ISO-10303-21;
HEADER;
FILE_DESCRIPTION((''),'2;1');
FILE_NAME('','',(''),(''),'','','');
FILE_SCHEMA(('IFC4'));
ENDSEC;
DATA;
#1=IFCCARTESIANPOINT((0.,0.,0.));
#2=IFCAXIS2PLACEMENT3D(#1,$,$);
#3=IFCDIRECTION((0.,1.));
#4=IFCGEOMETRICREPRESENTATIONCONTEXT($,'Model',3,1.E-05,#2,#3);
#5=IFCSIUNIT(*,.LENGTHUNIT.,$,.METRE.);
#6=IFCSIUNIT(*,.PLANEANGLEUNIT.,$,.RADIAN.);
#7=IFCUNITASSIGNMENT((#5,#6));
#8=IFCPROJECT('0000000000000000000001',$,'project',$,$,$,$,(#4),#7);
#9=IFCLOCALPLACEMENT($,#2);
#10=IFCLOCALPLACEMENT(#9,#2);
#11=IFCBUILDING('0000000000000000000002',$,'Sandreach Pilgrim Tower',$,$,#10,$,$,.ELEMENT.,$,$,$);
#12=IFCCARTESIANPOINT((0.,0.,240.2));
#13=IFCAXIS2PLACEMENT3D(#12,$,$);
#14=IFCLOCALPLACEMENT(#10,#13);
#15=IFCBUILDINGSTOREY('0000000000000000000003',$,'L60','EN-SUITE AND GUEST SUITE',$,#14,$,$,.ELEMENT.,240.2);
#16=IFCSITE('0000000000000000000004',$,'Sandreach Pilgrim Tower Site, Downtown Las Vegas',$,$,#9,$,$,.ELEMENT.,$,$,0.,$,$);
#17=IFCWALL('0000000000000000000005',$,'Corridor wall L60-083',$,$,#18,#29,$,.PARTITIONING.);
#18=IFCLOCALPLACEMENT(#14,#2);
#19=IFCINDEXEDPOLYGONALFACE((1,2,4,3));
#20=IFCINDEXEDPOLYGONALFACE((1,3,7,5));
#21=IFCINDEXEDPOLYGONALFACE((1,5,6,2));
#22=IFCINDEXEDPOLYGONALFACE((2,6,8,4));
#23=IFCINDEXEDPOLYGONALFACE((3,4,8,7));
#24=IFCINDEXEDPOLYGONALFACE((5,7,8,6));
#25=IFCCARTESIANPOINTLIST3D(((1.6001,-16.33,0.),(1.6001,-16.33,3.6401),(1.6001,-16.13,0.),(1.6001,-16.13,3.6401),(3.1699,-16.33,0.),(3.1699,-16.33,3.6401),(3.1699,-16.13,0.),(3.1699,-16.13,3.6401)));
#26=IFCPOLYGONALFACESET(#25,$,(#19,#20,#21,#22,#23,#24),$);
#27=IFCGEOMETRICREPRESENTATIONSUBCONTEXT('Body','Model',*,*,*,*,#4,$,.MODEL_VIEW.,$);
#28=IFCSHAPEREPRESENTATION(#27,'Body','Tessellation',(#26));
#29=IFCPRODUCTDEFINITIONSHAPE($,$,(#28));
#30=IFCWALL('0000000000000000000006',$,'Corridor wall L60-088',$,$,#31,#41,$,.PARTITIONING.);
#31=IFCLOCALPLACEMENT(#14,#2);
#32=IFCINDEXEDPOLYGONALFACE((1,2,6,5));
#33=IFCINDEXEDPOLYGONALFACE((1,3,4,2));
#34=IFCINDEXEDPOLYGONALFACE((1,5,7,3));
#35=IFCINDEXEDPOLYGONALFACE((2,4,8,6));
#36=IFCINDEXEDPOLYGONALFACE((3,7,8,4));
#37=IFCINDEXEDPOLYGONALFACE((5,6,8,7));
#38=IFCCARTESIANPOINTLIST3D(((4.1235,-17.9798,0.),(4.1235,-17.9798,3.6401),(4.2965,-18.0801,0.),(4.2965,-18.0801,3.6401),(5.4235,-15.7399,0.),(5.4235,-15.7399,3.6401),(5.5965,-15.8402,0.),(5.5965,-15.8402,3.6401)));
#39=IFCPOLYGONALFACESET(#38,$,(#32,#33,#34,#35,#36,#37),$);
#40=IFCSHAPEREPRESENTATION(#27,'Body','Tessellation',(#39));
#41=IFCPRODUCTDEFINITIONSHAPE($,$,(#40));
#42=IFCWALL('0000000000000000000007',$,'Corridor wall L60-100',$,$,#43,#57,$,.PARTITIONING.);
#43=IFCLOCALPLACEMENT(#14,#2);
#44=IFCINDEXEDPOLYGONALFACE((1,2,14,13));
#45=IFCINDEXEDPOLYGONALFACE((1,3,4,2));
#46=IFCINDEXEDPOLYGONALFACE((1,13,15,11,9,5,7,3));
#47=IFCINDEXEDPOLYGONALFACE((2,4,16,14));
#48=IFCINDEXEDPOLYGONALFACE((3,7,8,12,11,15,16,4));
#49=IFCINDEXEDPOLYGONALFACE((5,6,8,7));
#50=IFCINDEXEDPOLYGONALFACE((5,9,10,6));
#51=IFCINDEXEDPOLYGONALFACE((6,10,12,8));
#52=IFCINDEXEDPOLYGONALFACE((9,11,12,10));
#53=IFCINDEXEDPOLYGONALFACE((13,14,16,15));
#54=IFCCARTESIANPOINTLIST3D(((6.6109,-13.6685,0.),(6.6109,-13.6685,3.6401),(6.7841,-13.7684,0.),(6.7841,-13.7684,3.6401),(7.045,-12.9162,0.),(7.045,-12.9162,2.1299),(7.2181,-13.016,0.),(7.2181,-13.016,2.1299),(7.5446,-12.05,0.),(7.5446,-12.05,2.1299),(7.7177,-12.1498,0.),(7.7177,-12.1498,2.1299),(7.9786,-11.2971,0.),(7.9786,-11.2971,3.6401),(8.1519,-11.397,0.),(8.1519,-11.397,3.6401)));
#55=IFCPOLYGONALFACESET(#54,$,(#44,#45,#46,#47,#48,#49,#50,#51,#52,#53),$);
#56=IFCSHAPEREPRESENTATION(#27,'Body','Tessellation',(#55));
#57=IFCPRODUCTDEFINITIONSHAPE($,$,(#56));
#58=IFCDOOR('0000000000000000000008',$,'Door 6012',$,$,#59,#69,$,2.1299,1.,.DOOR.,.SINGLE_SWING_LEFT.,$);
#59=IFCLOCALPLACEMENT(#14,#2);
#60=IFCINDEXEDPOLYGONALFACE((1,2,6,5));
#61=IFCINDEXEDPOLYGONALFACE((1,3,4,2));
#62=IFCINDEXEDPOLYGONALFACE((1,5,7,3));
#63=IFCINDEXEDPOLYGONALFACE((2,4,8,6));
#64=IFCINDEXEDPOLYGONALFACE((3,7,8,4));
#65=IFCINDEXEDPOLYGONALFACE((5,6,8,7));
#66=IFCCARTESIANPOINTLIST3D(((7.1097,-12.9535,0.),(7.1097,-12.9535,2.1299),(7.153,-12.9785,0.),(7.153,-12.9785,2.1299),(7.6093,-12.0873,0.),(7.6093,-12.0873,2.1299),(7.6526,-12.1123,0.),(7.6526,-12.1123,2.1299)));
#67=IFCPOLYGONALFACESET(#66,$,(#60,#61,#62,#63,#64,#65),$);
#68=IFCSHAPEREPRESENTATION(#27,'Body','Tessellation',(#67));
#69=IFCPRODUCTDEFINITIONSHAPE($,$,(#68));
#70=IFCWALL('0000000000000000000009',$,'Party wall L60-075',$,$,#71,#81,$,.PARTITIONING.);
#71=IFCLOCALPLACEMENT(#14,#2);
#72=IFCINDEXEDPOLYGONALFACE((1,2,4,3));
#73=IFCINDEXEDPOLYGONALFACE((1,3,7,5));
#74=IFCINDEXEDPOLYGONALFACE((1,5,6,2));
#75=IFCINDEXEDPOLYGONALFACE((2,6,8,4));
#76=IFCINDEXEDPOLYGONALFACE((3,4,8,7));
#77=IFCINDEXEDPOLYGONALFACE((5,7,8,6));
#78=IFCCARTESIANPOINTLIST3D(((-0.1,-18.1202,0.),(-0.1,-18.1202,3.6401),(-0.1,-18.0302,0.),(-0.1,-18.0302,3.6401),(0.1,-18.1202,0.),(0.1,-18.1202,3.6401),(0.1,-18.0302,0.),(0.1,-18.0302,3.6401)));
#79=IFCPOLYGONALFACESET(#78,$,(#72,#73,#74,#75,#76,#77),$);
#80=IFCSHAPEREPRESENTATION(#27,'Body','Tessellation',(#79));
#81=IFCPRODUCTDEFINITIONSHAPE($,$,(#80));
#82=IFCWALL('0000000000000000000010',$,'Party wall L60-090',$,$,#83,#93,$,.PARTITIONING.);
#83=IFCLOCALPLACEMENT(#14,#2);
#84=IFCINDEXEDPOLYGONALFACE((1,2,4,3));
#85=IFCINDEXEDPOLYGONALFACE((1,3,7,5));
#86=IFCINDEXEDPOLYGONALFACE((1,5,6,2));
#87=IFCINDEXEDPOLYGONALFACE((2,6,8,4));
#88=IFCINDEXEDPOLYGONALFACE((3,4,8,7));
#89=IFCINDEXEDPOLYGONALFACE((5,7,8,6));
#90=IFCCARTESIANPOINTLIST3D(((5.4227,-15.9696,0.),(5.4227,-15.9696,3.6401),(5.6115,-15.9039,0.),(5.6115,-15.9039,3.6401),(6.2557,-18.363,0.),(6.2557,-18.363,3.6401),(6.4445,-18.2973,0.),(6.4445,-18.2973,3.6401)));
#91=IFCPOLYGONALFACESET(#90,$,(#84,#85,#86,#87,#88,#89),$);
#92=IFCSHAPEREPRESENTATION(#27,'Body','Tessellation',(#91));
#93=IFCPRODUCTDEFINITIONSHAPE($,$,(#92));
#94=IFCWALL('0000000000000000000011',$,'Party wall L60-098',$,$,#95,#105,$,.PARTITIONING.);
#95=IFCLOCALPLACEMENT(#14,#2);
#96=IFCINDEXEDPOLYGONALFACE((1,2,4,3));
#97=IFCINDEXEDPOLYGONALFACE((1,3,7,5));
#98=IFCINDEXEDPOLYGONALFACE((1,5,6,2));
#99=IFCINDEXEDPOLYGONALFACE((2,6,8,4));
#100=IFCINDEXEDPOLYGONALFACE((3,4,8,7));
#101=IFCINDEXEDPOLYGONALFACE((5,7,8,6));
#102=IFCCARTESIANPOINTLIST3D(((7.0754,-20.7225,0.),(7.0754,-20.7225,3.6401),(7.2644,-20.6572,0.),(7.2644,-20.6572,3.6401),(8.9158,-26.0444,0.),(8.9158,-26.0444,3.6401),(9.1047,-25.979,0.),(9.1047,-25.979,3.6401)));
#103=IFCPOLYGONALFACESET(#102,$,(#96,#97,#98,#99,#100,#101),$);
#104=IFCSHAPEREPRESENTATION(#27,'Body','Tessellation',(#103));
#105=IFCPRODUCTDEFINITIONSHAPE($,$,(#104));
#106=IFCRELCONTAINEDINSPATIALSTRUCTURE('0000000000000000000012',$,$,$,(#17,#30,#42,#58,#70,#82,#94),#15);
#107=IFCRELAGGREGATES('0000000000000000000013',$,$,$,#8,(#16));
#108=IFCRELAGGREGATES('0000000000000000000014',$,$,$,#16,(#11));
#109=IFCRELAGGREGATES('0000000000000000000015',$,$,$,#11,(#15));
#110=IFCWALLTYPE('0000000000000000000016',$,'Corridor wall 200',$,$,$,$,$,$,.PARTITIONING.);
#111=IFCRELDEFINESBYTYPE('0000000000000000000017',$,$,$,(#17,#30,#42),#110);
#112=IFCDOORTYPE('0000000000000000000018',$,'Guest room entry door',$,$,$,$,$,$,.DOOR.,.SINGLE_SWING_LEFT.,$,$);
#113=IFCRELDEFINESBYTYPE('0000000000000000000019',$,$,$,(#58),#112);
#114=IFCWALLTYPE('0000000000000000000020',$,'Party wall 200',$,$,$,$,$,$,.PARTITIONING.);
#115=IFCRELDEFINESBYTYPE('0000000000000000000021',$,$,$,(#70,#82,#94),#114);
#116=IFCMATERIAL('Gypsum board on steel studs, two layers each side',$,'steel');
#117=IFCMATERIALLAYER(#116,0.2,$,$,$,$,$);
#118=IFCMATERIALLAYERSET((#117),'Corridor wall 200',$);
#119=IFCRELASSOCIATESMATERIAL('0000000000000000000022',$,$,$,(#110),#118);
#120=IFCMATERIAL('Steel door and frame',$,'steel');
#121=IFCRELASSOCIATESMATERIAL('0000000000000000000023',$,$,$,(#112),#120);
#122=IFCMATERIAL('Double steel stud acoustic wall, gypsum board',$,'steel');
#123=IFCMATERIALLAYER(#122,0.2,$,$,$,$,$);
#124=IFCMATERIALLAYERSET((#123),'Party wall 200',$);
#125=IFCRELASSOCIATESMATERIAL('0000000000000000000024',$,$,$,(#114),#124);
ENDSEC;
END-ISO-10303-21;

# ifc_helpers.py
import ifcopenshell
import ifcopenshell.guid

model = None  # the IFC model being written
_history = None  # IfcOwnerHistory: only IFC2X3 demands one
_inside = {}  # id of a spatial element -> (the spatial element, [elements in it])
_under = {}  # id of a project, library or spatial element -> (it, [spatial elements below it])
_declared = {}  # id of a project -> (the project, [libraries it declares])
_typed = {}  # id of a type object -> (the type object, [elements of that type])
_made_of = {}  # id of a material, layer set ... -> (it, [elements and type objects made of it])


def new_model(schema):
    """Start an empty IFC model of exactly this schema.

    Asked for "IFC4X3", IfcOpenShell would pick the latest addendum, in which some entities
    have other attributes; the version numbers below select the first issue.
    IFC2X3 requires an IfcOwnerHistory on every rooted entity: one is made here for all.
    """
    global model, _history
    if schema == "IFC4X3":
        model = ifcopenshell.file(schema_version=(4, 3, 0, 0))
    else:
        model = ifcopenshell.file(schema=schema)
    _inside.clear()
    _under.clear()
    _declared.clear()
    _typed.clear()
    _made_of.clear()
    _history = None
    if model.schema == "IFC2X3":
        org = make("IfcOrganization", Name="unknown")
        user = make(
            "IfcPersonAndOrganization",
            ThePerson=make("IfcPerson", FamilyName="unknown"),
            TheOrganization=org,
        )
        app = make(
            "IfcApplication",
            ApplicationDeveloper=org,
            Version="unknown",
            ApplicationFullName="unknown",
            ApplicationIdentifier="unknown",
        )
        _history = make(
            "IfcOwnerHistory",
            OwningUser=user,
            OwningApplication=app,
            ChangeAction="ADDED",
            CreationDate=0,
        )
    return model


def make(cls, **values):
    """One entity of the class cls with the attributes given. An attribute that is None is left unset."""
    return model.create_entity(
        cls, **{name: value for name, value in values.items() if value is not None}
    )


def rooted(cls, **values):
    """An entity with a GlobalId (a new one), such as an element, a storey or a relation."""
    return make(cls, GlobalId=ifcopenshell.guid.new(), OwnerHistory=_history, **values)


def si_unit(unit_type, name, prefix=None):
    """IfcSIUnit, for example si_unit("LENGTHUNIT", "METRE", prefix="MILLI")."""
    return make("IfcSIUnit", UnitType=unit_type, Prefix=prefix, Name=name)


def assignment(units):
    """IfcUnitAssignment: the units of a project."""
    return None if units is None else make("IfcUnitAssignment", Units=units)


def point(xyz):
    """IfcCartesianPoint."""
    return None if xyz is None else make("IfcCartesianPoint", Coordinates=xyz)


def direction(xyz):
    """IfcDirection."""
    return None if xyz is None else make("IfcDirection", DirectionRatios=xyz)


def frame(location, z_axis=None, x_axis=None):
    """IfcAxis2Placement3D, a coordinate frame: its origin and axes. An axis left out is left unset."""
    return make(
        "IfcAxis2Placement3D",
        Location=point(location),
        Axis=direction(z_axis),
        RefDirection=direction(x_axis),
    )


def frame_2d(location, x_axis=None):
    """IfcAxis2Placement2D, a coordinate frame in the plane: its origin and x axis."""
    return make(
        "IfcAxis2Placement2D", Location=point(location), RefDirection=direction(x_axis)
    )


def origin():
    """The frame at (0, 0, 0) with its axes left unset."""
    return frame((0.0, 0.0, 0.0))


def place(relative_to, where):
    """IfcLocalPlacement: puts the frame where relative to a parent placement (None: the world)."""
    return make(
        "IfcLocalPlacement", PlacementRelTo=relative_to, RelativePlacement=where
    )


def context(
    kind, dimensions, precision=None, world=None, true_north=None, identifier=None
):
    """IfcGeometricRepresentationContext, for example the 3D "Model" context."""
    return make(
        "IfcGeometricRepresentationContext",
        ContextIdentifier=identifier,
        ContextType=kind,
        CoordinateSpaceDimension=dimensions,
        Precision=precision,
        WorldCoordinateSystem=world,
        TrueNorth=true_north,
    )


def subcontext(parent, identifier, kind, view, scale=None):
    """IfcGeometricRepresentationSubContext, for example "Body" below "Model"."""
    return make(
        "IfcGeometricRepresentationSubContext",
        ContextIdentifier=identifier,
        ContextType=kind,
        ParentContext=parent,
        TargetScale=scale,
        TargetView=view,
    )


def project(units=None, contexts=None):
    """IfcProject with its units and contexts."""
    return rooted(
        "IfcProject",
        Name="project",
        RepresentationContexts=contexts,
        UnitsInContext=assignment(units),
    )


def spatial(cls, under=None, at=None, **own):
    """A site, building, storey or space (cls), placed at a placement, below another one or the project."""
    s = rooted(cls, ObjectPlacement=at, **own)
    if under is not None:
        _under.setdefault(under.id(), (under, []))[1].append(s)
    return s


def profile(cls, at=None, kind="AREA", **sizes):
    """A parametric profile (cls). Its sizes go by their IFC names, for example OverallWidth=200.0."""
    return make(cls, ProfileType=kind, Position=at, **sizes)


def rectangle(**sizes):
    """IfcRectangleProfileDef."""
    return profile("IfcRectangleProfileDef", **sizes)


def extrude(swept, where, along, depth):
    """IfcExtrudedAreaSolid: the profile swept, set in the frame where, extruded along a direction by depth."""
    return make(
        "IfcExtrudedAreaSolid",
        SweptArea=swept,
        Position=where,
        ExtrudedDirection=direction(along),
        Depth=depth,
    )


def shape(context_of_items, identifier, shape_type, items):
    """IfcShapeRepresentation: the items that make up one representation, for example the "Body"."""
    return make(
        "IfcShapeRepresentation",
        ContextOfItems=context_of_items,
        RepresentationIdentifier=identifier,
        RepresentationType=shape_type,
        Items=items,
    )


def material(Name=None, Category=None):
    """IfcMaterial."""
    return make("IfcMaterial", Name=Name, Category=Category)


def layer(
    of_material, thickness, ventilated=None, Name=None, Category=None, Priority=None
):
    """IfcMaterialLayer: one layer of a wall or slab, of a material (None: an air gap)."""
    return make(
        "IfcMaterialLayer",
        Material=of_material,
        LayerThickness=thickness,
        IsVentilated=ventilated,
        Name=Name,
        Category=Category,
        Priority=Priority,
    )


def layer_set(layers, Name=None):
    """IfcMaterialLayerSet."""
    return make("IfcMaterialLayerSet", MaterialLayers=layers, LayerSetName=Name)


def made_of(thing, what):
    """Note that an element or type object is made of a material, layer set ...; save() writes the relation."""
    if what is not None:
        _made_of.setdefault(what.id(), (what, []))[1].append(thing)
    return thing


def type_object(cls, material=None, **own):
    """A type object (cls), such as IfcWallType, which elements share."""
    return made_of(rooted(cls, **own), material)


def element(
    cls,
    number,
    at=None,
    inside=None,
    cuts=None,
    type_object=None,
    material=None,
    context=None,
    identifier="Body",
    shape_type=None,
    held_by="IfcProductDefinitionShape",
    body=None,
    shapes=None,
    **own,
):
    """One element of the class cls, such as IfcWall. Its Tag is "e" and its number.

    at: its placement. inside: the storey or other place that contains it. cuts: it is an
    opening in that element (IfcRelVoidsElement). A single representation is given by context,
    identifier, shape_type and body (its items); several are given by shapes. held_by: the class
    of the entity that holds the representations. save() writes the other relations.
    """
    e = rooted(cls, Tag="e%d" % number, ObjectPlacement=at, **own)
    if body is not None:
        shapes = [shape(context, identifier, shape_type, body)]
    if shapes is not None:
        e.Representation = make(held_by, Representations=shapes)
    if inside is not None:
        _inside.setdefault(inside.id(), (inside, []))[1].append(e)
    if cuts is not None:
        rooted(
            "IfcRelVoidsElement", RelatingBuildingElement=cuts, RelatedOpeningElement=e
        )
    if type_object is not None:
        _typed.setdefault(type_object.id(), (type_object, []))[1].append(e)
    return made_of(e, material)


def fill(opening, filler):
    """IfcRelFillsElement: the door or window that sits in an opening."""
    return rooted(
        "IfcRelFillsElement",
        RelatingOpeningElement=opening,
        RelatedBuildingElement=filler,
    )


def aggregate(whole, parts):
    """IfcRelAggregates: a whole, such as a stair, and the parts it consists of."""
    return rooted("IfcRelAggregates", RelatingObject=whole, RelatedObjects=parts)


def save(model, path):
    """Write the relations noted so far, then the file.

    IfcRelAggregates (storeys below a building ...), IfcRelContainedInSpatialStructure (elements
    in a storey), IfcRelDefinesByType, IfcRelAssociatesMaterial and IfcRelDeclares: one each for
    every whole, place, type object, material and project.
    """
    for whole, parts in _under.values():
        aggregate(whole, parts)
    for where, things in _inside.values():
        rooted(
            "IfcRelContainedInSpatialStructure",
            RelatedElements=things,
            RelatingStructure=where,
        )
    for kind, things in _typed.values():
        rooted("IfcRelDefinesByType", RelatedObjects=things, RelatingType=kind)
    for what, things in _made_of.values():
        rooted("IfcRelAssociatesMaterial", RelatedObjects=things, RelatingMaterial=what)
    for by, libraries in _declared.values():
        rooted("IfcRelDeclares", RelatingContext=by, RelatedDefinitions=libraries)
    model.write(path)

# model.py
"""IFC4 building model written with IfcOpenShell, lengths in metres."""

from ifc_helpers import new_model, si_unit, direction, frame, frame_2d, origin, place, context, subcontext, project, spatial, rectangle, extrude, material, layer, layer_set, type_object, element, fill, save


model = new_model("IFC4")

# Units and contexts
model_context = context("Model", 3, precision=1e-05, world=origin(), true_north=direction((0.0, 1.0)))
body_context = subcontext(model_context, "Body", "Model", "MODEL_VIEW")
ifc_project = project(units=[si_unit("LENGTHUNIT", "METRE"), si_unit("PLANEANGLEUNIT", "RADIAN")], contexts=[model_context])

# Site, building, storey
site_placement = place(None, origin())
site = spatial("IfcSite", under=ifc_project, at=site_placement, Name="Sandreach Pilgrim Tower Site, Downtown Las Vegas", CompositionType="ELEMENT", RefElevation=0.0)
building_placement = place(site_placement, origin())
building = spatial("IfcBuilding", under=site, at=building_placement, Name="Sandreach Pilgrim Tower", CompositionType="ELEMENT")
storey_placement = place(building_placement, frame((0.0, 0.0, 240.2)))
storey = spatial("IfcBuildingStorey", under=building, at=storey_placement, Name="L60", Description="EN-SUITE AND GUEST SUITE", CompositionType="ELEMENT", Elevation=240.2)

# Shared definitions
ifc_material_1 = material(Name="Gypsum board on steel studs, two layers each side", Category="steel")
ifc_layer_1 = layer(ifc_material_1, 0.2)
ifc_layer_set_1 = layer_set([ifc_layer_1], Name="Corridor wall 200")
wall_type_1 = type_object("IfcWallType", Name="Corridor wall 200", PredefinedType="PARTITIONING", material=ifc_layer_set_1)
ifc_material_2 = material(Name="Steel door and frame", Category="steel")
door_type_1 = type_object("IfcDoorType", Name="Guest room entry door", OperationType="SINGLE_SWING_LEFT", PredefinedType="DOOR", material=ifc_material_2)

# Walls
wall_1_placement = place(storey_placement, frame((3.1699, -16.23, 0.0), z_axis=(0.0, 0.0, 1.0), x_axis=(-1.0, 0.0, 0.0)))
element("IfcWall", 1, at=wall_1_placement, inside=storey, type_object=wall_type_1, Name="Corridor wall L60-083", PredefinedType="PARTITIONING", context=body_context, shape_type="SweptSolid", body=[
    extrude(rectangle(XDim=1.5698, YDim=0.2, at=frame_2d((0.7849, 0.0))), origin(), (0.0, 0.0, 1.0), 3.6401),
])
wall_2_placement = place(storey_placement, frame((5.51, -15.79, 0.0), z_axis=(0.0, 0.0, 1.0), x_axis=(-0.501965, -0.864888, 0.0)))
element("IfcWall", 2, at=wall_2_placement, inside=storey, type_object=wall_type_1, Name="Corridor wall L60-088", PredefinedType="PARTITIONING", context=body_context, shape_type="SweptSolid", body=[
    extrude(rectangle(XDim=2.5898, YDim=0.2, at=frame_2d((1.2949, 0.0))), origin(), (0.0, 0.0, 1.0), 3.6401),
])

# Wall, opening, door
wall_3_placement = place(storey_placement, frame((8.0652, -11.3472, 0.0), z_axis=(0.0, 0.0, 1.0), x_axis=(-0.499612, -0.866249, 0.0)))
wall_3 = element("IfcWall", 3, at=wall_3_placement, inside=storey, type_object=wall_type_1, Name="Corridor wall L60-100", PredefinedType="PARTITIONING", context=body_context, shape_type="SweptSolid", body=[
    extrude(rectangle(XDim=2.7375, YDim=0.2, at=frame_2d((1.3687, 0.0))), origin(), (0.0, 0.0, 1.0), 3.6401),
])
opening_1_placement = place(wall_3_placement, frame((0.8689, 0.0, 0.0)))
opening_1 = element("IfcOpeningElement", 4, at=opening_1_placement, cuts=wall_3, PredefinedType="OPENING", context=body_context, shape_type="SweptSolid", body=[
    extrude(rectangle(XDim=1.0, YDim=2.1299, at=frame_2d((0.5, 1.0649))), frame((0.0, 0.1001, 0.0), z_axis=(0.0, -1.0, 0.0), x_axis=(1.0, 0.0, 0.0)), (0.0, 0.0, 1.0), 0.2),
])
door_1_placement = place(opening_1_placement, origin())
door_1 = element("IfcDoor", 5, at=door_1_placement, inside=storey, type_object=door_type_1, Name="Door 6012", OperationType="SINGLE_SWING_LEFT", OverallHeight=2.1299, OverallWidth=1.0, PredefinedType="DOOR", context=body_context, shape_type="SweptSolid", body=[
    extrude(rectangle(XDim=1.0, YDim=2.1299, at=frame_2d((0.5, 1.0649))), frame((0.0, 0.0249, 0.0), z_axis=(0.0, -1.0, 0.0), x_axis=(1.0, 0.0, 0.0)), (0.0, 0.0, 1.0), 0.05),
])
fill(opening_1, door_1)

# Walls
ifc_material_3 = material(Name="Double steel stud acoustic wall, gypsum board", Category="steel")
ifc_layer_2 = layer(ifc_material_3, 0.2)
ifc_layer_set_2 = layer_set([ifc_layer_2], Name="Party wall 200")
wall_type_2 = type_object("IfcWallType", Name="Party wall 200", PredefinedType="PARTITIONING", material=ifc_layer_set_2)
wall_4_placement = place(storey_placement, frame((0.0, -18.1201, 0.0), z_axis=(0.0, 0.0, 1.0), x_axis=(0.0, 1.0, 0.0)))
element("IfcWall", 6, at=wall_4_placement, inside=storey, type_object=wall_type_2, Name="Party wall L60-075", PredefinedType="PARTITIONING", context=body_context, shape_type="SweptSolid", body=[
    extrude(rectangle(XDim=0.0901, YDim=0.2, at=frame_2d((0.0449, 0.0))), origin(), (0.0, 0.0, 1.0), 3.6401),
])
wall_5_placement = place(storey_placement, frame((5.5171, -15.9368, 0.0), z_axis=(0.0, 0.0, 1.0), x_axis=(0.328715, -0.944429, 0.0)))
element("IfcWall", 7, at=wall_5_placement, inside=storey, type_object=wall_type_2, Name="Party wall L60-090", PredefinedType="PARTITIONING", context=body_context, shape_type="SweptSolid", body=[
    extrude(rectangle(XDim=2.5342, YDim=0.2, at=frame_2d((1.2671, 0.0))), origin(), (0.0, 0.0, 1.0), 3.6401),
])
wall_6_placement = place(storey_placement, frame((7.1699, -20.6899, 0.0), z_axis=(0.0, 0.0, 1.0), x_axis=(0.326822, -0.945086, 0.0)))
element("IfcWall", 8, at=wall_6_placement, inside=storey, type_object=wall_type_2, Name="Party wall L60-098", PredefinedType="PARTITIONING", context=body_context, shape_type="SweptSolid", body=[
    extrude(rectangle(XDim=5.6311, YDim=0.2, at=frame_2d((2.8154, 0.0))), origin(), (0.0, 0.0, 1.0), 3.6401),
])

save(model, "model.ifc")
